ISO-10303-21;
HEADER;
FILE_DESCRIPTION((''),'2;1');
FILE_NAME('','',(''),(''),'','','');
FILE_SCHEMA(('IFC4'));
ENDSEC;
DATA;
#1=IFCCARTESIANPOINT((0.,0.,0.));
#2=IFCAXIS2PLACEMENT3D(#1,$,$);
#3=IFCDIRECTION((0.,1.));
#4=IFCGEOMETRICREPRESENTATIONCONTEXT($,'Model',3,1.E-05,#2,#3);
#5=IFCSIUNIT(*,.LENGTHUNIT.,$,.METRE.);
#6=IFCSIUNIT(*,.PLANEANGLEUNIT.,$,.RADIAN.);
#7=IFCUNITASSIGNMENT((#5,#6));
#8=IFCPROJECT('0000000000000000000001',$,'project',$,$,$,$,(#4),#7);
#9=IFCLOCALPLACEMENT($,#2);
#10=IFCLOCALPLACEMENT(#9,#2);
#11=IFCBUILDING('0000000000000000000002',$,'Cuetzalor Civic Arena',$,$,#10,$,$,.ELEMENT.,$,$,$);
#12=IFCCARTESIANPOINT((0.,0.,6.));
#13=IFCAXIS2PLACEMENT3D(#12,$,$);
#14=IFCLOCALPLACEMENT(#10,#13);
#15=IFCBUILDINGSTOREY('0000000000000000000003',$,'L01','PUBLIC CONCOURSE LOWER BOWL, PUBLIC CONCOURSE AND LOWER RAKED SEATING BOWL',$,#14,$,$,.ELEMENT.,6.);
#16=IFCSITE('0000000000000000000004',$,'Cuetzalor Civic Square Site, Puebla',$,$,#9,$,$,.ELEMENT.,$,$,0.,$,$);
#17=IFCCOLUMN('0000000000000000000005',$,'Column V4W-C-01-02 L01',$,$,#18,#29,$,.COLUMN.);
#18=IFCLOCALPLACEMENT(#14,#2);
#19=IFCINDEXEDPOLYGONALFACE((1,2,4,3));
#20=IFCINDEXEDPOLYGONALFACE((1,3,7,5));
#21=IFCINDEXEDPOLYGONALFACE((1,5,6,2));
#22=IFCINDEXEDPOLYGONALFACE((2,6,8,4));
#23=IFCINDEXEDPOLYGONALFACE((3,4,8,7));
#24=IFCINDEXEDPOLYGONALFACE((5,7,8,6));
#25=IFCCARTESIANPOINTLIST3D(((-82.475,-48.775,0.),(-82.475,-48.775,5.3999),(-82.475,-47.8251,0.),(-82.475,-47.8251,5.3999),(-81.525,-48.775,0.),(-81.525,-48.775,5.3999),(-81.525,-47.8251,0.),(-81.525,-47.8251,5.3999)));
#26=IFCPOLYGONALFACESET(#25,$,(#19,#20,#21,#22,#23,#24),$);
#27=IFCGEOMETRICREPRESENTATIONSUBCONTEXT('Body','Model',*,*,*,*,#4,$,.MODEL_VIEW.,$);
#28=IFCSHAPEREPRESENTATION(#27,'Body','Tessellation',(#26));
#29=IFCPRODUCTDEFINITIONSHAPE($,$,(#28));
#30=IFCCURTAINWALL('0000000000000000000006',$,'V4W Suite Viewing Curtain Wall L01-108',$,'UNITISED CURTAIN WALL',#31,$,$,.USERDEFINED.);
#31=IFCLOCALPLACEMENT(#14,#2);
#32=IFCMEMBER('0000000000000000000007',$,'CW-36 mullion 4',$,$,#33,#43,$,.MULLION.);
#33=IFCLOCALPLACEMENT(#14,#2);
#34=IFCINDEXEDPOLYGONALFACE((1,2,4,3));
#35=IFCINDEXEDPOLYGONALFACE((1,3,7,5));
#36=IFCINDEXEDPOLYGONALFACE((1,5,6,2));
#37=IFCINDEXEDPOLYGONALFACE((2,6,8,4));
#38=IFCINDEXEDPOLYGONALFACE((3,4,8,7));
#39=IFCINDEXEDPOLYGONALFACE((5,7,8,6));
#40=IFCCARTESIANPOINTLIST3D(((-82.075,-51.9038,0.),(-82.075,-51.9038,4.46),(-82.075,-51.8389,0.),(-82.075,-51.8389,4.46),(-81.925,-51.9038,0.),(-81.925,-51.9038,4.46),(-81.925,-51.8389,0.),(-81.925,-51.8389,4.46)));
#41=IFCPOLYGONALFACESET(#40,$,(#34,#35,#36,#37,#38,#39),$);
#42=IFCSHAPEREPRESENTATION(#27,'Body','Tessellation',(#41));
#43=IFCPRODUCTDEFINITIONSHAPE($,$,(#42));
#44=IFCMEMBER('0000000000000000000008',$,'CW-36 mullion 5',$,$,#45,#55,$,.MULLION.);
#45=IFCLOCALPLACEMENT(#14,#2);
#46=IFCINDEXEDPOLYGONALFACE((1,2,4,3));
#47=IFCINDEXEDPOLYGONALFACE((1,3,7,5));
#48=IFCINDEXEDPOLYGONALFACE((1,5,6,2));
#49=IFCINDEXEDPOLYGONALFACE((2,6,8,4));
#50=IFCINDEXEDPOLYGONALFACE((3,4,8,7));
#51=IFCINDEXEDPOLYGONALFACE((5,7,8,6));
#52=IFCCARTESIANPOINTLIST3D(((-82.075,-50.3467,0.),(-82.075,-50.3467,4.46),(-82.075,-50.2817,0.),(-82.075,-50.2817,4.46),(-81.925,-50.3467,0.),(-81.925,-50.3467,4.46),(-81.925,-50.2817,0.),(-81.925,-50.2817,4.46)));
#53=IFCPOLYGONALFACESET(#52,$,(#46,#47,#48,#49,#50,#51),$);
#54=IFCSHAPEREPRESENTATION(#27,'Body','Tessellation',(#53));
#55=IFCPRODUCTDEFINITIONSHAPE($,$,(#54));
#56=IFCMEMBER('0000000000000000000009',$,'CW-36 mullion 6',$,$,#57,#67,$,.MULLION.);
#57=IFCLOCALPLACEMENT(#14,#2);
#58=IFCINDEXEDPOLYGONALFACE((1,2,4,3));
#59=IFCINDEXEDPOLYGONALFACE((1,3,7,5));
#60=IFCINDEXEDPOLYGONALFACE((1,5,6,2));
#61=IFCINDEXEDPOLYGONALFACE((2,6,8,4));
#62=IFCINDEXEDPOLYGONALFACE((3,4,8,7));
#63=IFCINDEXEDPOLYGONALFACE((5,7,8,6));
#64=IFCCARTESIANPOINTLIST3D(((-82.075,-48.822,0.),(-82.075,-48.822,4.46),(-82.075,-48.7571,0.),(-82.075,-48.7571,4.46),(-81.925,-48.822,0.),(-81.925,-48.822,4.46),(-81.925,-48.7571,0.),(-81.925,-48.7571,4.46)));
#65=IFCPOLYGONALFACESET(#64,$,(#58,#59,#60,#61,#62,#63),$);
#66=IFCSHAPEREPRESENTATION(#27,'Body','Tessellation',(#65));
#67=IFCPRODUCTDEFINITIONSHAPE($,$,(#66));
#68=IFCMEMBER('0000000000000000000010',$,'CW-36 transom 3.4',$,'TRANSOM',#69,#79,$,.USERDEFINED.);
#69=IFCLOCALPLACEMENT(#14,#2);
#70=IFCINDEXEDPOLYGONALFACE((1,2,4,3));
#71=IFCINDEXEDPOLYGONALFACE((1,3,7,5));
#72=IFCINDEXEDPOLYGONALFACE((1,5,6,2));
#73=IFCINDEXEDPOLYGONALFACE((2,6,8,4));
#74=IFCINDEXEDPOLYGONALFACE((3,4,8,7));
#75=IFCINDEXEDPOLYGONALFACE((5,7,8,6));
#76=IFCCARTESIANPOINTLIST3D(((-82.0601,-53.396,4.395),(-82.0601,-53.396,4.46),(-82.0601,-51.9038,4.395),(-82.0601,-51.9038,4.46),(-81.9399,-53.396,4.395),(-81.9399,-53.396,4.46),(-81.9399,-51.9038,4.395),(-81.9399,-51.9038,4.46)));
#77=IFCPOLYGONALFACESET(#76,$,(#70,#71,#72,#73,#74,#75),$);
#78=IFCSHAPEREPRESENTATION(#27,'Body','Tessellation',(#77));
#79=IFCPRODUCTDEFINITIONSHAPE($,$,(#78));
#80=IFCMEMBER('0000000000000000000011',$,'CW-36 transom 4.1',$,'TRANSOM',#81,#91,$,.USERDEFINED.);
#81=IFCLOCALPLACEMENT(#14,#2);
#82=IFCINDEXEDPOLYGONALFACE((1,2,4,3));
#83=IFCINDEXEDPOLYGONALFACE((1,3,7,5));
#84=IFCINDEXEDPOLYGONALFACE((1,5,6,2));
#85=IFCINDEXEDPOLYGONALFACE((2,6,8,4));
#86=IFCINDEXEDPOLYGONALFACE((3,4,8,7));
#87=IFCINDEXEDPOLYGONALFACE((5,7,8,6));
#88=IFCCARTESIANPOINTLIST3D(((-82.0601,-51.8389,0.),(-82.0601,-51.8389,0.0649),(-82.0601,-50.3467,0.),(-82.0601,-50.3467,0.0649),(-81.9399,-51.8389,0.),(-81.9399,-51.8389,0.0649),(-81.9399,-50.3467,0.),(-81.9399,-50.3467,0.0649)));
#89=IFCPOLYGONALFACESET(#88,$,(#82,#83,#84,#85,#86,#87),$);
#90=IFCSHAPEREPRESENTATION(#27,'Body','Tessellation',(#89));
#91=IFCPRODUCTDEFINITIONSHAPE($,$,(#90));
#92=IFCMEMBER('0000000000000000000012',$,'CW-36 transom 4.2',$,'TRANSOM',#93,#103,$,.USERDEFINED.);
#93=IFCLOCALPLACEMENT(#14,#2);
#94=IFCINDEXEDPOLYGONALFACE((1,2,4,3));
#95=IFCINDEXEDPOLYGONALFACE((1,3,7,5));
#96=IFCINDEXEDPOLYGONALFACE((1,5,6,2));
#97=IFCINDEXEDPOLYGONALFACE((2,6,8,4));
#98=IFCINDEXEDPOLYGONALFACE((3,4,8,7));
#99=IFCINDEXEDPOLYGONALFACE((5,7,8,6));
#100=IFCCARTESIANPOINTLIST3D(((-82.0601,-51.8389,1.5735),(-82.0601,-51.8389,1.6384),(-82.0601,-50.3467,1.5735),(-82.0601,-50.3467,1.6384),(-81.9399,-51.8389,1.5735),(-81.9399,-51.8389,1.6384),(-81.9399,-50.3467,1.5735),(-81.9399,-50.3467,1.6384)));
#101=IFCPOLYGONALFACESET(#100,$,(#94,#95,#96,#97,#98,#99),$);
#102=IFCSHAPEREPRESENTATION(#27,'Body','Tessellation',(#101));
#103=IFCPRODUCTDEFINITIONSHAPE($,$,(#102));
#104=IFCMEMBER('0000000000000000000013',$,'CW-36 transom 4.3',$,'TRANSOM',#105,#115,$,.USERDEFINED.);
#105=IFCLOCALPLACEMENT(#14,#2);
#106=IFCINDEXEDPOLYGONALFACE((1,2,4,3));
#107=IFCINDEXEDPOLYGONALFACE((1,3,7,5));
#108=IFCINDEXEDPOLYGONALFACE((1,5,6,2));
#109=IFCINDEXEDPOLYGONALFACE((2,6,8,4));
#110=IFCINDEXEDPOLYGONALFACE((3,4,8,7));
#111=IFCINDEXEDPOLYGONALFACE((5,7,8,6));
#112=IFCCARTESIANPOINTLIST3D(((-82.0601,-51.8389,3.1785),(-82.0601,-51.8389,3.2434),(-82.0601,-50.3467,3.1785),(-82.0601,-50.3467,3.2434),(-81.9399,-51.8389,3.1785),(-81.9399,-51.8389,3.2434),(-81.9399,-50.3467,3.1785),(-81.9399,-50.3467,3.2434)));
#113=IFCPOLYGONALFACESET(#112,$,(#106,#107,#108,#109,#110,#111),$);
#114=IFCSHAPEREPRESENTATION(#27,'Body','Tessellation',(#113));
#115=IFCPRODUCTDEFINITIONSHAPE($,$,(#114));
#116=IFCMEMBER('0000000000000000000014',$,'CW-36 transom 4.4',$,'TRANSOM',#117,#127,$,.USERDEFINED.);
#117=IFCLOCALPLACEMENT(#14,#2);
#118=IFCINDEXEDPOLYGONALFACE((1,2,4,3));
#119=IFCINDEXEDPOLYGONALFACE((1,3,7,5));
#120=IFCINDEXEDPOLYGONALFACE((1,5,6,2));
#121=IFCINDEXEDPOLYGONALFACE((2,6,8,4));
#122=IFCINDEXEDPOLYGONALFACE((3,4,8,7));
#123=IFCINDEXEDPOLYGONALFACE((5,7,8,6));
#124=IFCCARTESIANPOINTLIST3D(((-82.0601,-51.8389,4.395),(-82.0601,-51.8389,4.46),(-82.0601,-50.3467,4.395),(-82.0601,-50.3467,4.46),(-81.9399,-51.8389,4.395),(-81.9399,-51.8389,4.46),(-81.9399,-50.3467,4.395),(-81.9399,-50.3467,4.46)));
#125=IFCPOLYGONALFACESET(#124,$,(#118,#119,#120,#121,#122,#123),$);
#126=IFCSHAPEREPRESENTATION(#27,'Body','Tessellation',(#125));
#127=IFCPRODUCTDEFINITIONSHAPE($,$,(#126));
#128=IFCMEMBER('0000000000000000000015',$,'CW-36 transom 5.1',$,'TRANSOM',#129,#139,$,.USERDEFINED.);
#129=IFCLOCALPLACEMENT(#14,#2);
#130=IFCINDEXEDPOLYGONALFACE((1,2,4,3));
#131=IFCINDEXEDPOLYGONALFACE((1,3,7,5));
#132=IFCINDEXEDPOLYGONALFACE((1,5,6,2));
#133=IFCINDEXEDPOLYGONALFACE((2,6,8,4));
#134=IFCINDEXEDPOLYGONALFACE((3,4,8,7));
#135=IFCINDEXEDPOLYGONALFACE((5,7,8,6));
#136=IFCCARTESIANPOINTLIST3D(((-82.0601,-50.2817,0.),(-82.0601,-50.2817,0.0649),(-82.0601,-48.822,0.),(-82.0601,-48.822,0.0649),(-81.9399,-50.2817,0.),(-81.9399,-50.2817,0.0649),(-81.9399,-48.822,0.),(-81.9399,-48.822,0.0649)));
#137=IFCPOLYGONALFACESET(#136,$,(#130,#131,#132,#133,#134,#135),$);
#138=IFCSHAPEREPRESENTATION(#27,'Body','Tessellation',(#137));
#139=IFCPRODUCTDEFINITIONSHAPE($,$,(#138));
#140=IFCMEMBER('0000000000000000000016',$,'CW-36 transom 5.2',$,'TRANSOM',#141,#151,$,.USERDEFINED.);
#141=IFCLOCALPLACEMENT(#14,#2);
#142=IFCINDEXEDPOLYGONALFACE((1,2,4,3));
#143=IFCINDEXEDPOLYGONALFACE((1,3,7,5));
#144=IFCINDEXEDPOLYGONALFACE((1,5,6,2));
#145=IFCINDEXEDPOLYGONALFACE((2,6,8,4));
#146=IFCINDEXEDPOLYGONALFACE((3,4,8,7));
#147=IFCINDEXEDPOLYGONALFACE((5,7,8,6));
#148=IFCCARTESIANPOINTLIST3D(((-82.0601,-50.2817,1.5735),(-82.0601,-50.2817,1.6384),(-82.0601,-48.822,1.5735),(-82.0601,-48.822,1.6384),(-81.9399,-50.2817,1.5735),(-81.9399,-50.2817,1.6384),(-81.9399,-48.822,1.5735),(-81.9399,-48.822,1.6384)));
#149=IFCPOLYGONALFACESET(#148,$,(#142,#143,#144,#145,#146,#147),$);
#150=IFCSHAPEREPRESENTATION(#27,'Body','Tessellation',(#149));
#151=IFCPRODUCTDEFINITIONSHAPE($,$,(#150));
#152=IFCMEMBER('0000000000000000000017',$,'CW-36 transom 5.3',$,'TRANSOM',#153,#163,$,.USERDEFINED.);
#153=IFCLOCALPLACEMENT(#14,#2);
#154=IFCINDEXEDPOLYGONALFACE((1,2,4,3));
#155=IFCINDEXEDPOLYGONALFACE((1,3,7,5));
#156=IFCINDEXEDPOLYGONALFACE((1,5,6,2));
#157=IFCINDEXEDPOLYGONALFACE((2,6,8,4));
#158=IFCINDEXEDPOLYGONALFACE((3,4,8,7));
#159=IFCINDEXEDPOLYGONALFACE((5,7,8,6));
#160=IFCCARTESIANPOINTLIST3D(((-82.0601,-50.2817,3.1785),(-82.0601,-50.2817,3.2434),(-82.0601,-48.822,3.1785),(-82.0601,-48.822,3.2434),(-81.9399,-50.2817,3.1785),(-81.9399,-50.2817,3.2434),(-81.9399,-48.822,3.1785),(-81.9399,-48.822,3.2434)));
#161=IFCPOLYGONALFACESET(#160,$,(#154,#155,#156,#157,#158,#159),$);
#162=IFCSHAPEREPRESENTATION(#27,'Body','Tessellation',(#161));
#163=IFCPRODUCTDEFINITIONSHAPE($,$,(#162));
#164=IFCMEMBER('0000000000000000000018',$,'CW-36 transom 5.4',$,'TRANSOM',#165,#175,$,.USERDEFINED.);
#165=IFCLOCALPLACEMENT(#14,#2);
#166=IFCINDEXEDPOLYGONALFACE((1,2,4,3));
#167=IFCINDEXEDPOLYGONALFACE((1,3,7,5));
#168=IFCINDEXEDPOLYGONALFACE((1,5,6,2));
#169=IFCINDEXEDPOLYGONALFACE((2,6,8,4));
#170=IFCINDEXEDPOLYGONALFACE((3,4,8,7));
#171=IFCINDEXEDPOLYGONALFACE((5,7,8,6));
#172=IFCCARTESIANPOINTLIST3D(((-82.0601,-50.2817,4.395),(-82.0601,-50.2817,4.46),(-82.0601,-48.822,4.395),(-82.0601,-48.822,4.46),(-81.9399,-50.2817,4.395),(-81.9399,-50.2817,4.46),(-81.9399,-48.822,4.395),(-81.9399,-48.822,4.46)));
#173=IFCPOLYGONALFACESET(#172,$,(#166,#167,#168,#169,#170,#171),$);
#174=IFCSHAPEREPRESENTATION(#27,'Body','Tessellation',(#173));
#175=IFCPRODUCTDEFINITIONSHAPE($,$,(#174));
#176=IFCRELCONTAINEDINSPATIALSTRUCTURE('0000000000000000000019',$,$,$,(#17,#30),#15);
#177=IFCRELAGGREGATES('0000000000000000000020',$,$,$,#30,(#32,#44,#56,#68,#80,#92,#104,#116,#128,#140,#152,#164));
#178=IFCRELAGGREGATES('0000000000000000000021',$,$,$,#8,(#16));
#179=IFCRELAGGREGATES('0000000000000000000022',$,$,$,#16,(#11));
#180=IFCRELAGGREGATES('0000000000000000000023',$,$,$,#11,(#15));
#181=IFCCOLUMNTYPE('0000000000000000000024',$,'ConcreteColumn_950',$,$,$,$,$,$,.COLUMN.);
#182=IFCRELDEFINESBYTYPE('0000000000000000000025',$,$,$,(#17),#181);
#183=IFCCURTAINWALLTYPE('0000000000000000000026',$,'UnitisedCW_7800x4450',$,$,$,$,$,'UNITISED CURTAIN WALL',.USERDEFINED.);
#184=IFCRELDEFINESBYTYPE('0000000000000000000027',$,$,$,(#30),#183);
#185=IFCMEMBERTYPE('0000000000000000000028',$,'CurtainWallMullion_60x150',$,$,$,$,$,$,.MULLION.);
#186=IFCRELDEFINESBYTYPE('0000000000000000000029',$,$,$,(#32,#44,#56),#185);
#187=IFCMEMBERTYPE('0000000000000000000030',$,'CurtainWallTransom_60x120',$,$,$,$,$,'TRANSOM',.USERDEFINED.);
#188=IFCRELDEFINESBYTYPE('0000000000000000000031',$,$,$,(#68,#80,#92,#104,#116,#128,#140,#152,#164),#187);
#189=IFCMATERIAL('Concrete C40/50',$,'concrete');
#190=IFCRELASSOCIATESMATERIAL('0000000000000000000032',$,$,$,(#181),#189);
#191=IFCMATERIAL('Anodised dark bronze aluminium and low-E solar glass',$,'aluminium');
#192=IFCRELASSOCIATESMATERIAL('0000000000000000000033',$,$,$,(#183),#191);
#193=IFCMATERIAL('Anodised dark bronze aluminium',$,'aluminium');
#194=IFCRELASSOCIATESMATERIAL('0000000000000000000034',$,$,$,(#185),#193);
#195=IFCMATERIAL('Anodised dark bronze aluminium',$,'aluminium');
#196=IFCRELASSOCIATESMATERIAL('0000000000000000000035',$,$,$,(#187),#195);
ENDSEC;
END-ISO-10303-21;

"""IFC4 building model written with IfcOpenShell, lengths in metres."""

from ifc_helpers import new_model, si_unit, direction, frame, origin, origin_2d, place, context, subcontext, project, spatial, rectangle, extrude, material, material_profile, profile_set, type_object, element, aggregate, save


model = new_model("IFC4")

# Units and contexts
model_context = context("Model", 3, precision=1e-05, world=origin(), true_north=direction((0.0, 1.0)))
body_context = subcontext(model_context, "Body", "Model", "MODEL_VIEW")
ifc_project = project(units=[si_unit("LENGTHUNIT", "METRE"), si_unit("PLANEANGLEUNIT", "RADIAN")], contexts=[model_context])

# Site, building, storey
site_placement = place(None, origin())
site = spatial("IfcSite", under=ifc_project, at=site_placement, Name="Cuetzalor Civic Square Site, Puebla", CompositionType="ELEMENT", RefElevation=0.0)
building_placement = place(site_placement, origin())
building = spatial("IfcBuilding", under=site, at=building_placement, Name="Cuetzalor Civic Arena", CompositionType="ELEMENT")
storey_placement = place(building_placement, frame((0.0, 0.0, 6.0)))
storey = spatial("IfcBuildingStorey", under=building, at=storey_placement, Name="L01", Description="PUBLIC CONCOURSE LOWER BOWL, PUBLIC CONCOURSE AND LOWER RAKED SEATING BOWL", CompositionType="ELEMENT", Elevation=6.0)

# Column
ifc_material_1 = material(Name="Concrete C40/50", Category="concrete")
ifc_material_profile_1 = material_profile(ifc_material_1, rectangle(XDim=0.95, YDim=0.95, at=origin_2d()), Name="RC 950x950")
ifc_profile_set_1 = profile_set([ifc_material_profile_1], Name="Concrete C40/50")
column_type = type_object("IfcColumnType", Name="ConcreteColumn_950", PredefinedType="COLUMN", material=ifc_profile_set_1)
column_placement = place(storey_placement, frame((-82.0, -48.3, 0.0), z_axis=(0.0, 0.0, 1.0), x_axis=(1.0, 0.0, 0.0)))
element("IfcColumn", 1, at=column_placement, inside=storey, type_object=column_type, Name="Column V4W-C-01-02 L01", PredefinedType="COLUMN", context=body_context, shape_type="SweptSolid", body=[
    extrude(rectangle(XDim=0.95, YDim=0.95, at=origin_2d()), origin(), (0.0, 0.0, 1.0), 5.3999),
])

# Curtain wall, members
ifc_material_2 = material(Name="Anodised dark bronze aluminium and low-E solar glass", Category="aluminium")
curtain_wall_type = type_object("IfcCurtainWallType", Name="UnitisedCW_7800x4450", ElementType="UNITISED CURTAIN WALL", PredefinedType="USERDEFINED", material=ifc_material_2)
curtain_wall_placement = place(storey_placement, origin())
curtain_wall = element("IfcCurtainWall", 2, at=curtain_wall_placement, inside=storey, type_object=curtain_wall_type, Name="V4W Suite Viewing Curtain Wall L01-108", ObjectType="UNITISED CURTAIN WALL", PredefinedType="USERDEFINED")
ifc_material_3 = material(Name="Anodised dark bronze aluminium", Category="aluminium")
ifc_material_profile_2 = material_profile(ifc_material_3, rectangle(XDim=0.0649, YDim=0.1499, at=origin_2d()), Name="ALU MULLION 65x150")
ifc_profile_set_2 = profile_set([ifc_material_profile_2], Name="Anodised dark bronze aluminium")
member_type_1 = type_object("IfcMemberType", Name="CurtainWallMullion_60x150", PredefinedType="MULLION", material=ifc_profile_set_2)
member_1_placement = place(storey_placement, frame((-82.0, -51.8713, 0.0), z_axis=(0.0, 0.0, 1.0), x_axis=(0.0, 1.0, 0.0)))
member_1 = element("IfcMember", 3, at=member_1_placement, type_object=member_type_1, Name="CW-36 mullion 4", PredefinedType="MULLION", context=body_context, shape_type="SweptSolid", body=[
    extrude(rectangle(XDim=0.0649, YDim=0.1499, at=origin_2d()), origin(), (0.0, 0.0, 1.0), 4.46),
])
member_2_placement = place(storey_placement, frame((-82.0, -50.3142, 0.0), z_axis=(0.0, 0.0, 1.0), x_axis=(0.0, 1.0, 0.0)))
member_2 = element("IfcMember", 4, at=member_2_placement, type_object=member_type_1, Name="CW-36 mullion 5", PredefinedType="MULLION", context=body_context, shape_type="SweptSolid", body=[
    extrude(rectangle(XDim=0.0649, YDim=0.1499, at=origin_2d()), origin(), (0.0, 0.0, 1.0), 4.46),
])
member_3_placement = place(storey_placement, frame((-82.0, -48.7896, 0.0), z_axis=(0.0, 0.0, 1.0), x_axis=(0.0, 1.0, 0.0)))
member_3 = element("IfcMember", 5, at=member_3_placement, type_object=member_type_1, Name="CW-36 mullion 6", PredefinedType="MULLION", context=body_context, shape_type="SweptSolid", body=[
    extrude(rectangle(XDim=0.0649, YDim=0.1499, at=origin_2d()), origin(), (0.0, 0.0, 1.0), 4.46),
])
ifc_material_4 = material(Name="Anodised dark bronze aluminium", Category="aluminium")
ifc_material_profile_3 = material_profile(ifc_material_4, rectangle(XDim=0.1201, YDim=0.0649, at=origin_2d()), Name="ALU TRANSOM 65x120")
ifc_profile_set_3 = profile_set([ifc_material_profile_3], Name="Anodised dark bronze aluminium")
member_type_2 = type_object("IfcMemberType", Name="CurtainWallTransom_60x120", ElementType="TRANSOM", PredefinedType="USERDEFINED", material=ifc_profile_set_3)
member_4_placement = place(storey_placement, frame((-82.0, -53.396, 4.4275), z_axis=(0.0, 1.0, 0.0), x_axis=(-1.0, 0.0, 0.0)))
member_4 = element("IfcMember", 6, at=member_4_placement, type_object=member_type_2, Name="CW-36 transom 3.4", ObjectType="TRANSOM", PredefinedType="USERDEFINED", context=body_context, shape_type="SweptSolid", body=[
    extrude(rectangle(XDim=0.1201, YDim=0.0649, at=origin_2d()), origin(), (0.0, 0.0, 1.0), 1.4922),
])
member_5_placement = place(storey_placement, frame((-82.0, -51.8389, 0.0325), z_axis=(0.0, 1.0, 0.0), x_axis=(-1.0, 0.0, 0.0)))
member_5 = element("IfcMember", 7, at=member_5_placement, type_object=member_type_2, Name="CW-36 transom 4.1", ObjectType="TRANSOM", PredefinedType="USERDEFINED", context=body_context, shape_type="SweptSolid", body=[
    extrude(rectangle(XDim=0.1201, YDim=0.0649, at=origin_2d()), origin(), (0.0, 0.0, 1.0), 1.4922),
])
member_6_placement = place(storey_placement, frame((-82.0, -51.8389, 1.606), z_axis=(0.0, 1.0, 0.0), x_axis=(-1.0, 0.0, 0.0)))
member_6 = element("IfcMember", 8, at=member_6_placement, type_object=member_type_2, Name="CW-36 transom 4.2", ObjectType="TRANSOM", PredefinedType="USERDEFINED", context=body_context, shape_type="SweptSolid", body=[
    extrude(rectangle(XDim=0.1201, YDim=0.0649, at=origin_2d()), origin(), (0.0, 0.0, 1.0), 1.4922),
])
member_7_placement = place(storey_placement, frame((-82.0, -51.8389, 3.2109), z_axis=(0.0, 1.0, 0.0), x_axis=(-1.0, 0.0, 0.0)))
member_7 = element("IfcMember", 9, at=member_7_placement, type_object=member_type_2, Name="CW-36 transom 4.3", ObjectType="TRANSOM", PredefinedType="USERDEFINED", context=body_context, shape_type="SweptSolid", body=[
    extrude(rectangle(XDim=0.1201, YDim=0.0649, at=origin_2d()), origin(), (0.0, 0.0, 1.0), 1.4922),
])
member_8_placement = place(storey_placement, frame((-82.0, -51.8389, 4.4275), z_axis=(0.0, 1.0, 0.0), x_axis=(-1.0, 0.0, 0.0)))
member_8 = element("IfcMember", 10, at=member_8_placement, type_object=member_type_2, Name="CW-36 transom 4.4", ObjectType="TRANSOM", PredefinedType="USERDEFINED", context=body_context, shape_type="SweptSolid", body=[
    extrude(rectangle(XDim=0.1201, YDim=0.0649, at=origin_2d()), origin(), (0.0, 0.0, 1.0), 1.4922),
])
member_9_placement = place(storey_placement, frame((-82.0, -50.2817, 0.0325), z_axis=(0.0, 1.0, 0.0), x_axis=(-1.0, 0.0, 0.0)))
member_9 = element("IfcMember", 11, at=member_9_placement, type_object=member_type_2, Name="CW-36 transom 5.1", ObjectType="TRANSOM", PredefinedType="USERDEFINED", context=body_context, shape_type="SweptSolid", body=[
    extrude(rectangle(XDim=0.1201, YDim=0.0649, at=origin_2d()), origin(), (0.0, 0.0, 1.0), 1.4597),
])
member_10_placement = place(storey_placement, frame((-82.0, -50.2817, 1.606), z_axis=(0.0, 1.0, 0.0), x_axis=(-1.0, 0.0, 0.0)))
member_10 = element("IfcMember", 12, at=member_10_placement, type_object=member_type_2, Name="CW-36 transom 5.2", ObjectType="TRANSOM", PredefinedType="USERDEFINED", context=body_context, shape_type="SweptSolid", body=[
    extrude(rectangle(XDim=0.1201, YDim=0.0649, at=origin_2d()), origin(), (0.0, 0.0, 1.0), 1.4597),
])
member_11_placement = place(storey_placement, frame((-82.0, -50.2817, 3.2109), z_axis=(0.0, 1.0, 0.0), x_axis=(-1.0, 0.0, 0.0)))
member_11 = element("IfcMember", 13, at=member_11_placement, type_object=member_type_2, Name="CW-36 transom 5.3", ObjectType="TRANSOM", PredefinedType="USERDEFINED", context=body_context, shape_type="SweptSolid", body=[
    extrude(rectangle(XDim=0.1201, YDim=0.0649, at=origin_2d()), origin(), (0.0, 0.0, 1.0), 1.4597),
])
member_12_placement = place(storey_placement, frame((-82.0, -50.2817, 4.4275), z_axis=(0.0, 1.0, 0.0), x_axis=(-1.0, 0.0, 0.0)))
member_12 = element("IfcMember", 14, at=member_12_placement, type_object=member_type_2, Name="CW-36 transom 5.4", ObjectType="TRANSOM", PredefinedType="USERDEFINED", context=body_context, shape_type="SweptSolid", body=[
    extrude(rectangle(XDim=0.1201, YDim=0.0649, at=origin_2d()), origin(), (0.0, 0.0, 1.0), 1.4597),
])

aggregate(curtain_wall, [member_1, member_2, member_3, member_4, member_5, member_6, member_7, member_8, member_9, member_10, member_11, member_12])

save(model, "model.ifc")
